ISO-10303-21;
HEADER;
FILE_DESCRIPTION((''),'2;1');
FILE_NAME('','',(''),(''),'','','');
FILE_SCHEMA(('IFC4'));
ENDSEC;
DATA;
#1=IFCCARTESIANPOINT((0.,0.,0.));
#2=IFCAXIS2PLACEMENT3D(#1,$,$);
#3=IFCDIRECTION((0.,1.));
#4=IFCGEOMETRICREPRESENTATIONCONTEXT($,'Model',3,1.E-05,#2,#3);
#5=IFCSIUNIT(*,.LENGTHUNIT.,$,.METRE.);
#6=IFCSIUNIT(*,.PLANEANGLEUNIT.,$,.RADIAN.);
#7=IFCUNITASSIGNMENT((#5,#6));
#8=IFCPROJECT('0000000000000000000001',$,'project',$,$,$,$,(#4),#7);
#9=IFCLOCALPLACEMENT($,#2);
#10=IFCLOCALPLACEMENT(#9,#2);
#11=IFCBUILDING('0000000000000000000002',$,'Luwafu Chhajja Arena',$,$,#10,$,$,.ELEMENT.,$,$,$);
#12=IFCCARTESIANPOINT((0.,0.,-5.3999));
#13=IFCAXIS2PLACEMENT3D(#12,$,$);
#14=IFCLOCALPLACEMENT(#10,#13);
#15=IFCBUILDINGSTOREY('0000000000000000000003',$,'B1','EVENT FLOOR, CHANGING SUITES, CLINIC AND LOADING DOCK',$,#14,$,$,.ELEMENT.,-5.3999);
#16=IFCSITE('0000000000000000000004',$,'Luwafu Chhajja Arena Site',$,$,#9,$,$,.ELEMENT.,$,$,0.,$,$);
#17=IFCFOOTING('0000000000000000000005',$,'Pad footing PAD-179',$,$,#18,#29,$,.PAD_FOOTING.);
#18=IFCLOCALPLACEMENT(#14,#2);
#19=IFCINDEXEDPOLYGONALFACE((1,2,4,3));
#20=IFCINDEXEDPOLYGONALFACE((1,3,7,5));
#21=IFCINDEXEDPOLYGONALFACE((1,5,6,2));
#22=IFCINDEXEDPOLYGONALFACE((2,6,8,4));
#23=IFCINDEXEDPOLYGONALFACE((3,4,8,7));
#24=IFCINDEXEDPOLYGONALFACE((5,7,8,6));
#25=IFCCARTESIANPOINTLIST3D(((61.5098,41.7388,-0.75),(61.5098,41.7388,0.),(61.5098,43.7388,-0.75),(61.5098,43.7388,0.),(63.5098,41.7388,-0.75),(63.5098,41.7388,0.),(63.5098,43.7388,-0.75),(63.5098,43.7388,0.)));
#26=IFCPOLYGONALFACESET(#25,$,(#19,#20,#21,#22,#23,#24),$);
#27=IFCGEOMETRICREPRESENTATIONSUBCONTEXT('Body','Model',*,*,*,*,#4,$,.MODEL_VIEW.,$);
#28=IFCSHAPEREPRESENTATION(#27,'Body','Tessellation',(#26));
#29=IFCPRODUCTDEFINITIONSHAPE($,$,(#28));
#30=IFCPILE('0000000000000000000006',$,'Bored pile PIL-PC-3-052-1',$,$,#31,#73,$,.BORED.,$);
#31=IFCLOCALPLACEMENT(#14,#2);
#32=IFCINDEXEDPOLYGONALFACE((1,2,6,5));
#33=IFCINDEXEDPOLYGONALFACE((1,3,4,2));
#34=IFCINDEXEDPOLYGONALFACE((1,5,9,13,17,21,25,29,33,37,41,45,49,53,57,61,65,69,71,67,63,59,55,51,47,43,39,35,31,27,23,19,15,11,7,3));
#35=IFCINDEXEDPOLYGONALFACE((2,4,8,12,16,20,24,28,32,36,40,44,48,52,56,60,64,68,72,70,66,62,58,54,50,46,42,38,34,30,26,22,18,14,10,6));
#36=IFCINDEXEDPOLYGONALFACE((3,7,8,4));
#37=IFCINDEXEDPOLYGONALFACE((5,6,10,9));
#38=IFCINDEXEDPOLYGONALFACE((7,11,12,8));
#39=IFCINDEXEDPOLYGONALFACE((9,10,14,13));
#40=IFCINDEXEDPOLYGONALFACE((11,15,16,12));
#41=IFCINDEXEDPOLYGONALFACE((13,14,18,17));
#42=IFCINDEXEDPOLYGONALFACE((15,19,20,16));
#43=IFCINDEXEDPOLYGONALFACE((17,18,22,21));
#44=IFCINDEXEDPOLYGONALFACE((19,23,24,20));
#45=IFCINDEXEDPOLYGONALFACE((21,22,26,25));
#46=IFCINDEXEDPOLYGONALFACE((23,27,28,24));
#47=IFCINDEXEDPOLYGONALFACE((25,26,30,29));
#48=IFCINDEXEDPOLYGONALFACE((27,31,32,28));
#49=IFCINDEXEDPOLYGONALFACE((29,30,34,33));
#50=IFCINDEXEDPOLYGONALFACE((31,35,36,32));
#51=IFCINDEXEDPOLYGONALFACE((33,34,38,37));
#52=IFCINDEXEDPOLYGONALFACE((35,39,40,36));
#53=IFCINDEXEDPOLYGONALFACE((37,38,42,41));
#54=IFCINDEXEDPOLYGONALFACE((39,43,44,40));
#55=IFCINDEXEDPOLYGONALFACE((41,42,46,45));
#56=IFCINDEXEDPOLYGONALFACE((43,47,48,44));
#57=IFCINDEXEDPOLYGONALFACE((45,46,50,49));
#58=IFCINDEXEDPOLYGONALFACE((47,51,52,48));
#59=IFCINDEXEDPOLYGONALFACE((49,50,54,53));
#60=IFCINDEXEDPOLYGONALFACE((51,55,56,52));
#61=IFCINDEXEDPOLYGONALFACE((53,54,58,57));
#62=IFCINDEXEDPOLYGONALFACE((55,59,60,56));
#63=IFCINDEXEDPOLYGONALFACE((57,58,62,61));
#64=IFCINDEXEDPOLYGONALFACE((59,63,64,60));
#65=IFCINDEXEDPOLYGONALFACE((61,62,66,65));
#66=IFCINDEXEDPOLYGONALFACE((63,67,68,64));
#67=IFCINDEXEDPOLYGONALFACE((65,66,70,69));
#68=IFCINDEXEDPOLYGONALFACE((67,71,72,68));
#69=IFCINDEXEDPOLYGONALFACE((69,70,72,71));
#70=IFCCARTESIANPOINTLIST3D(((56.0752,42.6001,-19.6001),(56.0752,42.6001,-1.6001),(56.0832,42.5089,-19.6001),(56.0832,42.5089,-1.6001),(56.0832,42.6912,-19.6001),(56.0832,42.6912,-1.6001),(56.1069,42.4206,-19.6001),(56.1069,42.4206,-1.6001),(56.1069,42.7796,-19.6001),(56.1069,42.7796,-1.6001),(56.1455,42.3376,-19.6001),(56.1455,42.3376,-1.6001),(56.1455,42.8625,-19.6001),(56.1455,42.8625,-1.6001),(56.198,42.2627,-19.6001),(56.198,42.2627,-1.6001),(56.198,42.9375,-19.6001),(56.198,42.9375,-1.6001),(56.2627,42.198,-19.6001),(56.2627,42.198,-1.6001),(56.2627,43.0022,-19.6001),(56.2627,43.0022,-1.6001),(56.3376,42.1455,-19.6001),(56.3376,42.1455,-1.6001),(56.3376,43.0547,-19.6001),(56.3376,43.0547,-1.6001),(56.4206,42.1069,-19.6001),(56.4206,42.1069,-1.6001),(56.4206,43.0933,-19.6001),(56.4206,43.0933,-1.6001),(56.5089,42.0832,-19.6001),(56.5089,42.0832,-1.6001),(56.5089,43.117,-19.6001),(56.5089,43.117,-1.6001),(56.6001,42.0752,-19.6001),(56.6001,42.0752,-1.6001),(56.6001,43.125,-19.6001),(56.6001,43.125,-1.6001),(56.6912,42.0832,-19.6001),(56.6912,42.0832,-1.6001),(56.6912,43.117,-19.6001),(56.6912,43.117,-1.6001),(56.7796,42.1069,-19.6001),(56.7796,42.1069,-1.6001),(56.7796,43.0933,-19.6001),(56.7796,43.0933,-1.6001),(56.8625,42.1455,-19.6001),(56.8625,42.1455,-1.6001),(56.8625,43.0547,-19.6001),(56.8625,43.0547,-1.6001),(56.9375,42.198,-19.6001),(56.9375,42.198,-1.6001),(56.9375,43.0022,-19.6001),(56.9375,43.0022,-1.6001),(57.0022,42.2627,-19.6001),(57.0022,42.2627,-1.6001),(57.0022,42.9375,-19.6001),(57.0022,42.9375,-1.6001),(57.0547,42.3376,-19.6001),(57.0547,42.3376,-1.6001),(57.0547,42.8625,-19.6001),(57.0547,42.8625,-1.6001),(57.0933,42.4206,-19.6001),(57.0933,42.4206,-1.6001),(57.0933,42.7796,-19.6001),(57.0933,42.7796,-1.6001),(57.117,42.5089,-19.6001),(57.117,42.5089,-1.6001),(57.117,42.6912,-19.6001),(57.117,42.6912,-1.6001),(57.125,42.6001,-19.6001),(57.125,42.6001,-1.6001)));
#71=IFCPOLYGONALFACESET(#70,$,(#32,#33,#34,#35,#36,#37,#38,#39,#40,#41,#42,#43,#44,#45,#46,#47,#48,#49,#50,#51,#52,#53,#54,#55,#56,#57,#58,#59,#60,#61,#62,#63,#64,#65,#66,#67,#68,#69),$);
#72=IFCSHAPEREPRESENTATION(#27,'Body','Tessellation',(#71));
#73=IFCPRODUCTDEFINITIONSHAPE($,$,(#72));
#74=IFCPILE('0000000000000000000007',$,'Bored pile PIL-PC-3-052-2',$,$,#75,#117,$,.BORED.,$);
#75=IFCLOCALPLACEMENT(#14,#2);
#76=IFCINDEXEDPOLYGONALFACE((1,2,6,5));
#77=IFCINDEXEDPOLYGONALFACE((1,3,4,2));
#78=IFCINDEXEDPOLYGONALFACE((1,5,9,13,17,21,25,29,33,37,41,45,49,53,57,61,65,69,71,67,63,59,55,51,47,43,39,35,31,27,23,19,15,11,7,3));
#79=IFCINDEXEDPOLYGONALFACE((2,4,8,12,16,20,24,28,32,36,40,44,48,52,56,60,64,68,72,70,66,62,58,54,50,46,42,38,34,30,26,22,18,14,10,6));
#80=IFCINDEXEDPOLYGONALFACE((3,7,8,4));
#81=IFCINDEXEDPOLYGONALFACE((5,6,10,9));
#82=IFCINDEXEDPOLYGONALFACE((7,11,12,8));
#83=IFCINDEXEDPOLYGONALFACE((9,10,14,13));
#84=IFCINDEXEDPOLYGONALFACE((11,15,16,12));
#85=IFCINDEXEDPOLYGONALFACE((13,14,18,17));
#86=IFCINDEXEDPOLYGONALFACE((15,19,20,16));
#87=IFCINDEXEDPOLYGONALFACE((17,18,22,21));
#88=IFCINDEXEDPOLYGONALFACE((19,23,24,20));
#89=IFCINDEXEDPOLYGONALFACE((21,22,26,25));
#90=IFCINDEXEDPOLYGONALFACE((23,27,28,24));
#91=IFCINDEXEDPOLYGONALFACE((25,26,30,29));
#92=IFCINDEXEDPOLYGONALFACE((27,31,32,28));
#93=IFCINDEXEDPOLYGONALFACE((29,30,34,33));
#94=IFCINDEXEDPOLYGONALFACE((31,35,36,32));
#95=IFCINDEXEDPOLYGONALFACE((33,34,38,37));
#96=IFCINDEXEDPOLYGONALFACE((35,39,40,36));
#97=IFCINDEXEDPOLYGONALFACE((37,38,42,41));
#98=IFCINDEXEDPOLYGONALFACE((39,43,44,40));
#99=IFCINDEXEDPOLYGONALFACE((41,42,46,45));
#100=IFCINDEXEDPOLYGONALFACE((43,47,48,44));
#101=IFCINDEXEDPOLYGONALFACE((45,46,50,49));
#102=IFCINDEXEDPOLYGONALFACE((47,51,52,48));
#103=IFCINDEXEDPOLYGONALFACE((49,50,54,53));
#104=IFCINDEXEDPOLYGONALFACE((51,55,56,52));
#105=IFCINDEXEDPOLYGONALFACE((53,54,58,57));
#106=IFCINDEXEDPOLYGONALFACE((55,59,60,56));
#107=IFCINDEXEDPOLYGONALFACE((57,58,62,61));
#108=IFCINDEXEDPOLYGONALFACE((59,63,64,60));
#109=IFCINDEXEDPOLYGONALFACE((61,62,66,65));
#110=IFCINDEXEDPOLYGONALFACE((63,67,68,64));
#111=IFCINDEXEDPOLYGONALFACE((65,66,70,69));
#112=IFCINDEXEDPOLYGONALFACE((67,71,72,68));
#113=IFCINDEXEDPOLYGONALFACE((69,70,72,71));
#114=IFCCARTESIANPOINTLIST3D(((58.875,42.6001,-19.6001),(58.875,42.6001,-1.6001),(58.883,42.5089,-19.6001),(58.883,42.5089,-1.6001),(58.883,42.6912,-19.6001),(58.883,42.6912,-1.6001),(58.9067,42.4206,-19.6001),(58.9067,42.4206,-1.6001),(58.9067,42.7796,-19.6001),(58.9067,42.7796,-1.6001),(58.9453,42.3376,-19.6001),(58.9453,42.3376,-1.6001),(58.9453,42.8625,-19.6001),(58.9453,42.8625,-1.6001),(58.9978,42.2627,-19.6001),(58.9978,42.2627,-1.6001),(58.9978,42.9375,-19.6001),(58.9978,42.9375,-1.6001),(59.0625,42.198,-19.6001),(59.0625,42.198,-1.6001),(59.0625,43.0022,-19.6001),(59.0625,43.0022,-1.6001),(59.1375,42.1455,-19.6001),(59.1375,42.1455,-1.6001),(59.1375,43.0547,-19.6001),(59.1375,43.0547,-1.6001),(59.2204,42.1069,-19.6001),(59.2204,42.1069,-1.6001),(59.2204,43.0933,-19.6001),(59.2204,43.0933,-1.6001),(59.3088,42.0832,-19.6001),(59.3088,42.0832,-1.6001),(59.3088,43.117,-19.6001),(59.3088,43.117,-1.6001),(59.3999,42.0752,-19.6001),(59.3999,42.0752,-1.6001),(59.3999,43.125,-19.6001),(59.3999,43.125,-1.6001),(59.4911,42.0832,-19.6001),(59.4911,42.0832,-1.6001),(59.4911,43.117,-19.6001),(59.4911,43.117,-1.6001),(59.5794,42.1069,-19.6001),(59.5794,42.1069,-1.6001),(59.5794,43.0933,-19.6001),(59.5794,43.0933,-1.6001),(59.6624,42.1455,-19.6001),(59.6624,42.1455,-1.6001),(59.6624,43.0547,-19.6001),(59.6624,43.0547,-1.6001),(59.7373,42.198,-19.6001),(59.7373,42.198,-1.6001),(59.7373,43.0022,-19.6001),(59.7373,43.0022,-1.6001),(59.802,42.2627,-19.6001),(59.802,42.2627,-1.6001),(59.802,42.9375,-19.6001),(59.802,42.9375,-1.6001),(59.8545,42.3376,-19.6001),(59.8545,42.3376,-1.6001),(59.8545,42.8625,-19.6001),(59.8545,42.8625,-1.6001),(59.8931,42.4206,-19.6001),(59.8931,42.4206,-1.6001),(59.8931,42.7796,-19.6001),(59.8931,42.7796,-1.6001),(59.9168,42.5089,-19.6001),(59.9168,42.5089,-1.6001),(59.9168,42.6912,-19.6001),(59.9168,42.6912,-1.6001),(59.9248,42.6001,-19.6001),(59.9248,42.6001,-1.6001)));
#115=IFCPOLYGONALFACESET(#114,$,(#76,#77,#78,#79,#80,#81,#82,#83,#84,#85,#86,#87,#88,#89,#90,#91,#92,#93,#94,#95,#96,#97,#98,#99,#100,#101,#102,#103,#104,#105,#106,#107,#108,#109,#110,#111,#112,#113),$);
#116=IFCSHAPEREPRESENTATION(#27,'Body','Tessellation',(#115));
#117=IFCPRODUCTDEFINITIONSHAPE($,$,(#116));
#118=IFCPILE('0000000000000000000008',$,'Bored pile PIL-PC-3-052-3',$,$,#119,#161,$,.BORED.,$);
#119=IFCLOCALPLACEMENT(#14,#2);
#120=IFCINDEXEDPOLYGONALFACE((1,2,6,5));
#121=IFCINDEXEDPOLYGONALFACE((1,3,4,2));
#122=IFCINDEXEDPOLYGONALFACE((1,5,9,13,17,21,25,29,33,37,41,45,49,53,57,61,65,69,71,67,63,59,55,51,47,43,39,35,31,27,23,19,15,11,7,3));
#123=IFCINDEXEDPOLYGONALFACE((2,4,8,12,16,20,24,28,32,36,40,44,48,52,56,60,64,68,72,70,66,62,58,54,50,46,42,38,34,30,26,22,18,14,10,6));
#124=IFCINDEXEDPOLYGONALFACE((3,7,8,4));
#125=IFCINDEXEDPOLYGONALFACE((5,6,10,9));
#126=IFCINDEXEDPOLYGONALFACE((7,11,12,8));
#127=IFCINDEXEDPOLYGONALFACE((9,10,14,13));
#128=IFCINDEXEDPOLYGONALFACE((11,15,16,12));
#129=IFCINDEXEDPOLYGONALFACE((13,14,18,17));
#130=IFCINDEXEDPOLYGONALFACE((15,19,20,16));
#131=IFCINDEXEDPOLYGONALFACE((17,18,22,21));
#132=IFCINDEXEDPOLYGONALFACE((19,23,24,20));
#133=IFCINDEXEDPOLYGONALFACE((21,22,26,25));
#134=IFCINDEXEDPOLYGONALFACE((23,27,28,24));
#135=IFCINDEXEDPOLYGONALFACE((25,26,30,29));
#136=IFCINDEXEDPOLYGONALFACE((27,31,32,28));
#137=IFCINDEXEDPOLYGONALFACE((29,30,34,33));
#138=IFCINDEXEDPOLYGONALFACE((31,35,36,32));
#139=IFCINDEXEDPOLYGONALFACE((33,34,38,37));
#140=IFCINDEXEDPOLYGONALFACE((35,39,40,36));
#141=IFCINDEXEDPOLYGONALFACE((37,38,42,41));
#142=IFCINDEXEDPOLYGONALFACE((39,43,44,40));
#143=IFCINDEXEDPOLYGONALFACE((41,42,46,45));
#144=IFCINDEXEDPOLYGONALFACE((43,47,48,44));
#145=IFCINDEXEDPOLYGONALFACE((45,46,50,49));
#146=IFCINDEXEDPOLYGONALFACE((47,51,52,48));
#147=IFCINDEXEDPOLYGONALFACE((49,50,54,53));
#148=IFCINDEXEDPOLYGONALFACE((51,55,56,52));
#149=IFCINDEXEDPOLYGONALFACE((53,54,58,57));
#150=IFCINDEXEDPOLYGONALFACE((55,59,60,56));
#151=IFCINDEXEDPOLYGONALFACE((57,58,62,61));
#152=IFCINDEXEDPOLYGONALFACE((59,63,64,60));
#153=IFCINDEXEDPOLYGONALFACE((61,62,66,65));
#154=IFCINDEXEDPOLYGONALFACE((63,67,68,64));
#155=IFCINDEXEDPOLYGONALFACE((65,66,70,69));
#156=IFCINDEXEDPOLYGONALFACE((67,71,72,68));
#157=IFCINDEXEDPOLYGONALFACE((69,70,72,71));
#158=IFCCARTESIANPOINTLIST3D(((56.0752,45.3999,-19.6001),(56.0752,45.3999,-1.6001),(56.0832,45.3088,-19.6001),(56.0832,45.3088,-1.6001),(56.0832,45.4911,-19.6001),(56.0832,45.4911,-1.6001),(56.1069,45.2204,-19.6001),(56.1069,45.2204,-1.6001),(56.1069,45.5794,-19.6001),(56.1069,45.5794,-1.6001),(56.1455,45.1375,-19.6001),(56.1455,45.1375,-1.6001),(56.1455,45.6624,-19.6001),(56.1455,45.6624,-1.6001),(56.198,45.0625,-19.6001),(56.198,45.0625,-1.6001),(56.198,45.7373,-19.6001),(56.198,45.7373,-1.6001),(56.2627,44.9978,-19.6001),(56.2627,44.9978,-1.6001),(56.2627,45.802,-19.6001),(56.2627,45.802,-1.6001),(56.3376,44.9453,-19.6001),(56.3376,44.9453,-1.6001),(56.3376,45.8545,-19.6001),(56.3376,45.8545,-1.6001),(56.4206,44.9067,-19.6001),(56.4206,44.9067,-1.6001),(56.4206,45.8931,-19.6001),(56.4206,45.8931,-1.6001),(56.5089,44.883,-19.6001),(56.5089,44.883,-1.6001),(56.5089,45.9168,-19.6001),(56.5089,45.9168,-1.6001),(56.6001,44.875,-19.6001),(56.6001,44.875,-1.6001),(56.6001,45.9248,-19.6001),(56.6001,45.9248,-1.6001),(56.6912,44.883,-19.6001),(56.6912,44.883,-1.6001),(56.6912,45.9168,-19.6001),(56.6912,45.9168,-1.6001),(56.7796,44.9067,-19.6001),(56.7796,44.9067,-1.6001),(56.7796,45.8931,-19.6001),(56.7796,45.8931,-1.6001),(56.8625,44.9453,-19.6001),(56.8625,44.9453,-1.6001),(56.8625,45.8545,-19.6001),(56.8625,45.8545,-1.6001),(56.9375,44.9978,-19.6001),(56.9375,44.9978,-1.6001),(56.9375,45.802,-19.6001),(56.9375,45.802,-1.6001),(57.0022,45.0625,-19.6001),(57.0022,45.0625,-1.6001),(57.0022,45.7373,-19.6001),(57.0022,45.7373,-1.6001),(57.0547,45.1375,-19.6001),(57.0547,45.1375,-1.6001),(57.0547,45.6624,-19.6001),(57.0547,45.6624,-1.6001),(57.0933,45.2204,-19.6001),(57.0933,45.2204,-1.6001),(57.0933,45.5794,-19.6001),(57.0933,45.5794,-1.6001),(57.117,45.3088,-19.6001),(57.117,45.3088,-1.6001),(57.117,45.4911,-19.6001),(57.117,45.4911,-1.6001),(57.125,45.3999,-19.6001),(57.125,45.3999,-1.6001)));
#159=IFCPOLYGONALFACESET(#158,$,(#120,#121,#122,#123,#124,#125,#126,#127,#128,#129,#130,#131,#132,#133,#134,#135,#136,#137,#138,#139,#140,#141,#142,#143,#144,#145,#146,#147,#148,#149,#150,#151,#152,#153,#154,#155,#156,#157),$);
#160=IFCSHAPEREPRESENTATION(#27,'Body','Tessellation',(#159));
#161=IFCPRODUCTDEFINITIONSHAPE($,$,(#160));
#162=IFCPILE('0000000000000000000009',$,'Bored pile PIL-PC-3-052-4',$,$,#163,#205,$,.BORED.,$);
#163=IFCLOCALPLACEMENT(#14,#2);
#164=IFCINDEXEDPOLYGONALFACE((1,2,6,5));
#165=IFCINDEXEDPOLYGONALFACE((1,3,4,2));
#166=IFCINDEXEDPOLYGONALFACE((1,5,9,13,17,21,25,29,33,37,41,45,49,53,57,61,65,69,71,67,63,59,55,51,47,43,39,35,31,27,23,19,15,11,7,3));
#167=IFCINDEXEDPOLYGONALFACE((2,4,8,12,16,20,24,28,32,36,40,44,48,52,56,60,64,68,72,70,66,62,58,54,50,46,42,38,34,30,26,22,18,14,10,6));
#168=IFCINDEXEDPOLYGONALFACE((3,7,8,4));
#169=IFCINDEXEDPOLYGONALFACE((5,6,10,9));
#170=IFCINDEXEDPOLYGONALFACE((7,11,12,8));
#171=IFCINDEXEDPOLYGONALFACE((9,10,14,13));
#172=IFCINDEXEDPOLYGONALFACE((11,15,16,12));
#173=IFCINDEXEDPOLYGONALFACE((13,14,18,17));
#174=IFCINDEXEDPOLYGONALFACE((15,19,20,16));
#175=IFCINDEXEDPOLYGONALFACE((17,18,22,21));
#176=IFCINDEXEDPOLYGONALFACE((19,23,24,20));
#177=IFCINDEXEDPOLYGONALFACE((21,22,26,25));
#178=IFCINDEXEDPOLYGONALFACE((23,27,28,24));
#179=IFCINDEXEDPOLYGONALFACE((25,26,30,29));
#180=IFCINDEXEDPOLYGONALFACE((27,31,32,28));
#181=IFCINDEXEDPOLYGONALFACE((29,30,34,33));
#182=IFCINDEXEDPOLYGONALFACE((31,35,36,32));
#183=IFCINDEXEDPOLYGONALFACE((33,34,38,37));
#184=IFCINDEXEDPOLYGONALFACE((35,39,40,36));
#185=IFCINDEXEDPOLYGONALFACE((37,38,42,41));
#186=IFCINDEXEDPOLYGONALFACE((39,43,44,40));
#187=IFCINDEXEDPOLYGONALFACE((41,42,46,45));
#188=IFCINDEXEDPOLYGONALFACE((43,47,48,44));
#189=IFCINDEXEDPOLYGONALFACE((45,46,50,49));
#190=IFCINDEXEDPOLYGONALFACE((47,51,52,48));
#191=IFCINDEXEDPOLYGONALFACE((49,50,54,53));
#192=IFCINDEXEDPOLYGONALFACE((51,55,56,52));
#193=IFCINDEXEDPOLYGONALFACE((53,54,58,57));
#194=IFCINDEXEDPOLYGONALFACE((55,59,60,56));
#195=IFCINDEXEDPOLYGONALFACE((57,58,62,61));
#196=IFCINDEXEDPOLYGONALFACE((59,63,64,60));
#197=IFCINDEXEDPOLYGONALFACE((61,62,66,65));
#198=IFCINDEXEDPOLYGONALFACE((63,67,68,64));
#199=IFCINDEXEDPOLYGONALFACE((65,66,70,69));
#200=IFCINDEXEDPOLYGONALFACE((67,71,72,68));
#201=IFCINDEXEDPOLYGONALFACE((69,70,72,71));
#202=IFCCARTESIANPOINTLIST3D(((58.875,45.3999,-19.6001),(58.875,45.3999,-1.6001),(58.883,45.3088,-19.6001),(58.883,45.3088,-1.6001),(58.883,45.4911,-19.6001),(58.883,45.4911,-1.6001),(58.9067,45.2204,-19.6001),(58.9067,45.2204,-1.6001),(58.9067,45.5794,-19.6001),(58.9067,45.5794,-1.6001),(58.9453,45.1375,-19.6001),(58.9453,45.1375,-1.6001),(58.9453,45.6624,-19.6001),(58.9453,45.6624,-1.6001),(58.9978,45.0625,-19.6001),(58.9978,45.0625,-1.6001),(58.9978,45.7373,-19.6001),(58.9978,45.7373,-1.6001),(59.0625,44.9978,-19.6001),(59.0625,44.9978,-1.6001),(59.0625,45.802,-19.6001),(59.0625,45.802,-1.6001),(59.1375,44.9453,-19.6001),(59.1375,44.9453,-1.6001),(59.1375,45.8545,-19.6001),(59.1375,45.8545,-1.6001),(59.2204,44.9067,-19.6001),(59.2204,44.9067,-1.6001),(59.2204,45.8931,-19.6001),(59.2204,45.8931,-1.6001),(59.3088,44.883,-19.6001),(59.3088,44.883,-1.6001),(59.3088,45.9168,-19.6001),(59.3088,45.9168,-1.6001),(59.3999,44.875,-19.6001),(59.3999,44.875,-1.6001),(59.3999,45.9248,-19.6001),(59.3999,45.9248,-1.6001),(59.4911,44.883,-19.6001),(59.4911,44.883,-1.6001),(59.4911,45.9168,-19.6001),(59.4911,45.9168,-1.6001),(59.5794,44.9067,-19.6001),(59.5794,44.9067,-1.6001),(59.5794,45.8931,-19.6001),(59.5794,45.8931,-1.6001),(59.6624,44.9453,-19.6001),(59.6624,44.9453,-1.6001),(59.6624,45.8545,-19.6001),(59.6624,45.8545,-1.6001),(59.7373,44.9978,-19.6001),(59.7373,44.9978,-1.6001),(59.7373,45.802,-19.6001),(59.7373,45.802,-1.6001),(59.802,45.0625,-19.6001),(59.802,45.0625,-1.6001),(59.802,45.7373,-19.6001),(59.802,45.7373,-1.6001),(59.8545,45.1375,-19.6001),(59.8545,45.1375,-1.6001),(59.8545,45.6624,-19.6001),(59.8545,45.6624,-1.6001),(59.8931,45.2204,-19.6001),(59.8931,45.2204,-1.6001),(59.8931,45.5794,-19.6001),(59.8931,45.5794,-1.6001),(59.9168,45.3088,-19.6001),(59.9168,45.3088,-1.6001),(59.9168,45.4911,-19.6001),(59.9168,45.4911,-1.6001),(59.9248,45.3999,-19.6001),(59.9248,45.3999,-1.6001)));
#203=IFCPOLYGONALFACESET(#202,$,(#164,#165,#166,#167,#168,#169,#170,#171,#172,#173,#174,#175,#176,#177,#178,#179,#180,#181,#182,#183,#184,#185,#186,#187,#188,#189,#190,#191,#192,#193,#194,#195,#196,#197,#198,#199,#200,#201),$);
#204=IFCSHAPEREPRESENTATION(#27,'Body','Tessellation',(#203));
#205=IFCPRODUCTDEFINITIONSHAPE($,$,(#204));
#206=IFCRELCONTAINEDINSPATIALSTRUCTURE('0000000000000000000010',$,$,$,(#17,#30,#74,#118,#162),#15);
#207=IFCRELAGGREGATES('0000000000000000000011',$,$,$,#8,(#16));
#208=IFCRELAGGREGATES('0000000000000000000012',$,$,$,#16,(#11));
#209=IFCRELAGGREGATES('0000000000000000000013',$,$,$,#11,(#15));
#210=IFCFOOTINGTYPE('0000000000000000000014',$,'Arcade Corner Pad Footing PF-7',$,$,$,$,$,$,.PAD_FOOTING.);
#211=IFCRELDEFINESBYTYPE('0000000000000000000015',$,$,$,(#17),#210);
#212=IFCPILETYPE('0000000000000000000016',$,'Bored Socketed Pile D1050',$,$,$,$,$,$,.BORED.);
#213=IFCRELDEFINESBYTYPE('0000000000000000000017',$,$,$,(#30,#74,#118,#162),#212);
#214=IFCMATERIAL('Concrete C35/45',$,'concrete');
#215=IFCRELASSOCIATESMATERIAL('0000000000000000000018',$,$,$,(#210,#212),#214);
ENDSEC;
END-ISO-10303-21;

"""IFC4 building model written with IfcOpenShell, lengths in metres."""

from ifc_helpers import new_model, si_unit, direction, frame, origin, origin_2d, place, context, subcontext, project, spatial, rectangle, circle, extrude, material, material_profile, profile_set, type_object, element, save


model = new_model("IFC4")

# Units and contexts
model_context = context("Model", 3, precision=1e-05, world=origin(), true_north=direction((0.0, 1.0)))
body_context = subcontext(model_context, "Body", "Model", "MODEL_VIEW")
ifc_project = project(units=[si_unit("LENGTHUNIT", "METRE"), si_unit("PLANEANGLEUNIT", "RADIAN")], contexts=[model_context])

# Site, building, storey
site_placement = place(None, origin())
site = spatial("IfcSite", under=ifc_project, at=site_placement, Name="Luwafu Chhajja Arena Site", CompositionType="ELEMENT", RefElevation=0.0)
building_placement = place(site_placement, origin())
building = spatial("IfcBuilding", under=site, at=building_placement, Name="Luwafu Chhajja Arena", CompositionType="ELEMENT")
storey_placement = place(building_placement, frame((0.0, 0.0, -5.3999)))
storey = spatial("IfcBuildingStorey", under=building, at=storey_placement, Name="B1", Description="EVENT FLOOR, CHANGING SUITES, CLINIC AND LOADING DOCK", CompositionType="ELEMENT", Elevation=-5.3999)

# Footing
ifc_material_1 = material(Name="Concrete C35/45", Category="concrete")
footing_type_1 = type_object("IfcFootingType", Name="Arcade Corner Pad Footing PF-7", PredefinedType="PAD_FOOTING", material=ifc_material_1)
footing_1_placement = place(storey_placement, frame((62.5098, 42.7388, -0.75), z_axis=(0.0, 0.0, 1.0), x_axis=(1.0, 0.0, 0.0)))
element("IfcFooting", 1, at=footing_1_placement, inside=storey, type_object=footing_type_1, Name="Pad footing PAD-179", PredefinedType="PAD_FOOTING", context=body_context, shape_type="SweptSolid", body=[
    extrude(rectangle(XDim=2.0, YDim=2.0, at=origin_2d()), origin(), (0.0, 0.0, 1.0), 0.75),
])

# Piles
ifc_material_profile_1 = material_profile(ifc_material_1, circle(Radius=0.5249, at=origin_2d()), Name="PILE D1050")
ifc_profile_set_1 = profile_set([ifc_material_profile_1], Name="Concrete C35/45")
pile_type_1 = type_object("IfcPileType", Name="Bored Socketed Pile D1050", PredefinedType="BORED", material=ifc_profile_set_1)
for number, where, z_axis, x_axis, name in (
    (2, (56.6001, 42.6001, -1.6001), (0.0, 0.0, -1.0), (1.0, 0.0, 0.0), "Bored pile PIL-PC-3-052-1"),
    (3, (59.3999, 42.6001, -1.6001), (0.0, 0.0, -1.0), (1.0, 0.0, 0.0), "Bored pile PIL-PC-3-052-2"),
    (4, (56.6001, 45.3999, -1.6001), (0.0, 0.0, -1.0), (1.0, 0.0, 0.0), "Bored pile PIL-PC-3-052-3"),
    (5, (59.3999, 45.3999, -1.6001), (0.0, 0.0, -1.0), (1.0, 0.0, 0.0), "Bored pile PIL-PC-3-052-4"),
):
    element("IfcPile", number, at=place(storey_placement, frame(where, z_axis=z_axis, x_axis=x_axis)), inside=storey, type_object=pile_type_1, Name=name, PredefinedType="BORED", context=body_context, shape_type="SweptSolid", body=[
        extrude(circle(Radius=0.5249, at=origin_2d()), origin(), (0.0, 0.0, 1.0), 18.0),
    ])

save(model, "model.ifc")
